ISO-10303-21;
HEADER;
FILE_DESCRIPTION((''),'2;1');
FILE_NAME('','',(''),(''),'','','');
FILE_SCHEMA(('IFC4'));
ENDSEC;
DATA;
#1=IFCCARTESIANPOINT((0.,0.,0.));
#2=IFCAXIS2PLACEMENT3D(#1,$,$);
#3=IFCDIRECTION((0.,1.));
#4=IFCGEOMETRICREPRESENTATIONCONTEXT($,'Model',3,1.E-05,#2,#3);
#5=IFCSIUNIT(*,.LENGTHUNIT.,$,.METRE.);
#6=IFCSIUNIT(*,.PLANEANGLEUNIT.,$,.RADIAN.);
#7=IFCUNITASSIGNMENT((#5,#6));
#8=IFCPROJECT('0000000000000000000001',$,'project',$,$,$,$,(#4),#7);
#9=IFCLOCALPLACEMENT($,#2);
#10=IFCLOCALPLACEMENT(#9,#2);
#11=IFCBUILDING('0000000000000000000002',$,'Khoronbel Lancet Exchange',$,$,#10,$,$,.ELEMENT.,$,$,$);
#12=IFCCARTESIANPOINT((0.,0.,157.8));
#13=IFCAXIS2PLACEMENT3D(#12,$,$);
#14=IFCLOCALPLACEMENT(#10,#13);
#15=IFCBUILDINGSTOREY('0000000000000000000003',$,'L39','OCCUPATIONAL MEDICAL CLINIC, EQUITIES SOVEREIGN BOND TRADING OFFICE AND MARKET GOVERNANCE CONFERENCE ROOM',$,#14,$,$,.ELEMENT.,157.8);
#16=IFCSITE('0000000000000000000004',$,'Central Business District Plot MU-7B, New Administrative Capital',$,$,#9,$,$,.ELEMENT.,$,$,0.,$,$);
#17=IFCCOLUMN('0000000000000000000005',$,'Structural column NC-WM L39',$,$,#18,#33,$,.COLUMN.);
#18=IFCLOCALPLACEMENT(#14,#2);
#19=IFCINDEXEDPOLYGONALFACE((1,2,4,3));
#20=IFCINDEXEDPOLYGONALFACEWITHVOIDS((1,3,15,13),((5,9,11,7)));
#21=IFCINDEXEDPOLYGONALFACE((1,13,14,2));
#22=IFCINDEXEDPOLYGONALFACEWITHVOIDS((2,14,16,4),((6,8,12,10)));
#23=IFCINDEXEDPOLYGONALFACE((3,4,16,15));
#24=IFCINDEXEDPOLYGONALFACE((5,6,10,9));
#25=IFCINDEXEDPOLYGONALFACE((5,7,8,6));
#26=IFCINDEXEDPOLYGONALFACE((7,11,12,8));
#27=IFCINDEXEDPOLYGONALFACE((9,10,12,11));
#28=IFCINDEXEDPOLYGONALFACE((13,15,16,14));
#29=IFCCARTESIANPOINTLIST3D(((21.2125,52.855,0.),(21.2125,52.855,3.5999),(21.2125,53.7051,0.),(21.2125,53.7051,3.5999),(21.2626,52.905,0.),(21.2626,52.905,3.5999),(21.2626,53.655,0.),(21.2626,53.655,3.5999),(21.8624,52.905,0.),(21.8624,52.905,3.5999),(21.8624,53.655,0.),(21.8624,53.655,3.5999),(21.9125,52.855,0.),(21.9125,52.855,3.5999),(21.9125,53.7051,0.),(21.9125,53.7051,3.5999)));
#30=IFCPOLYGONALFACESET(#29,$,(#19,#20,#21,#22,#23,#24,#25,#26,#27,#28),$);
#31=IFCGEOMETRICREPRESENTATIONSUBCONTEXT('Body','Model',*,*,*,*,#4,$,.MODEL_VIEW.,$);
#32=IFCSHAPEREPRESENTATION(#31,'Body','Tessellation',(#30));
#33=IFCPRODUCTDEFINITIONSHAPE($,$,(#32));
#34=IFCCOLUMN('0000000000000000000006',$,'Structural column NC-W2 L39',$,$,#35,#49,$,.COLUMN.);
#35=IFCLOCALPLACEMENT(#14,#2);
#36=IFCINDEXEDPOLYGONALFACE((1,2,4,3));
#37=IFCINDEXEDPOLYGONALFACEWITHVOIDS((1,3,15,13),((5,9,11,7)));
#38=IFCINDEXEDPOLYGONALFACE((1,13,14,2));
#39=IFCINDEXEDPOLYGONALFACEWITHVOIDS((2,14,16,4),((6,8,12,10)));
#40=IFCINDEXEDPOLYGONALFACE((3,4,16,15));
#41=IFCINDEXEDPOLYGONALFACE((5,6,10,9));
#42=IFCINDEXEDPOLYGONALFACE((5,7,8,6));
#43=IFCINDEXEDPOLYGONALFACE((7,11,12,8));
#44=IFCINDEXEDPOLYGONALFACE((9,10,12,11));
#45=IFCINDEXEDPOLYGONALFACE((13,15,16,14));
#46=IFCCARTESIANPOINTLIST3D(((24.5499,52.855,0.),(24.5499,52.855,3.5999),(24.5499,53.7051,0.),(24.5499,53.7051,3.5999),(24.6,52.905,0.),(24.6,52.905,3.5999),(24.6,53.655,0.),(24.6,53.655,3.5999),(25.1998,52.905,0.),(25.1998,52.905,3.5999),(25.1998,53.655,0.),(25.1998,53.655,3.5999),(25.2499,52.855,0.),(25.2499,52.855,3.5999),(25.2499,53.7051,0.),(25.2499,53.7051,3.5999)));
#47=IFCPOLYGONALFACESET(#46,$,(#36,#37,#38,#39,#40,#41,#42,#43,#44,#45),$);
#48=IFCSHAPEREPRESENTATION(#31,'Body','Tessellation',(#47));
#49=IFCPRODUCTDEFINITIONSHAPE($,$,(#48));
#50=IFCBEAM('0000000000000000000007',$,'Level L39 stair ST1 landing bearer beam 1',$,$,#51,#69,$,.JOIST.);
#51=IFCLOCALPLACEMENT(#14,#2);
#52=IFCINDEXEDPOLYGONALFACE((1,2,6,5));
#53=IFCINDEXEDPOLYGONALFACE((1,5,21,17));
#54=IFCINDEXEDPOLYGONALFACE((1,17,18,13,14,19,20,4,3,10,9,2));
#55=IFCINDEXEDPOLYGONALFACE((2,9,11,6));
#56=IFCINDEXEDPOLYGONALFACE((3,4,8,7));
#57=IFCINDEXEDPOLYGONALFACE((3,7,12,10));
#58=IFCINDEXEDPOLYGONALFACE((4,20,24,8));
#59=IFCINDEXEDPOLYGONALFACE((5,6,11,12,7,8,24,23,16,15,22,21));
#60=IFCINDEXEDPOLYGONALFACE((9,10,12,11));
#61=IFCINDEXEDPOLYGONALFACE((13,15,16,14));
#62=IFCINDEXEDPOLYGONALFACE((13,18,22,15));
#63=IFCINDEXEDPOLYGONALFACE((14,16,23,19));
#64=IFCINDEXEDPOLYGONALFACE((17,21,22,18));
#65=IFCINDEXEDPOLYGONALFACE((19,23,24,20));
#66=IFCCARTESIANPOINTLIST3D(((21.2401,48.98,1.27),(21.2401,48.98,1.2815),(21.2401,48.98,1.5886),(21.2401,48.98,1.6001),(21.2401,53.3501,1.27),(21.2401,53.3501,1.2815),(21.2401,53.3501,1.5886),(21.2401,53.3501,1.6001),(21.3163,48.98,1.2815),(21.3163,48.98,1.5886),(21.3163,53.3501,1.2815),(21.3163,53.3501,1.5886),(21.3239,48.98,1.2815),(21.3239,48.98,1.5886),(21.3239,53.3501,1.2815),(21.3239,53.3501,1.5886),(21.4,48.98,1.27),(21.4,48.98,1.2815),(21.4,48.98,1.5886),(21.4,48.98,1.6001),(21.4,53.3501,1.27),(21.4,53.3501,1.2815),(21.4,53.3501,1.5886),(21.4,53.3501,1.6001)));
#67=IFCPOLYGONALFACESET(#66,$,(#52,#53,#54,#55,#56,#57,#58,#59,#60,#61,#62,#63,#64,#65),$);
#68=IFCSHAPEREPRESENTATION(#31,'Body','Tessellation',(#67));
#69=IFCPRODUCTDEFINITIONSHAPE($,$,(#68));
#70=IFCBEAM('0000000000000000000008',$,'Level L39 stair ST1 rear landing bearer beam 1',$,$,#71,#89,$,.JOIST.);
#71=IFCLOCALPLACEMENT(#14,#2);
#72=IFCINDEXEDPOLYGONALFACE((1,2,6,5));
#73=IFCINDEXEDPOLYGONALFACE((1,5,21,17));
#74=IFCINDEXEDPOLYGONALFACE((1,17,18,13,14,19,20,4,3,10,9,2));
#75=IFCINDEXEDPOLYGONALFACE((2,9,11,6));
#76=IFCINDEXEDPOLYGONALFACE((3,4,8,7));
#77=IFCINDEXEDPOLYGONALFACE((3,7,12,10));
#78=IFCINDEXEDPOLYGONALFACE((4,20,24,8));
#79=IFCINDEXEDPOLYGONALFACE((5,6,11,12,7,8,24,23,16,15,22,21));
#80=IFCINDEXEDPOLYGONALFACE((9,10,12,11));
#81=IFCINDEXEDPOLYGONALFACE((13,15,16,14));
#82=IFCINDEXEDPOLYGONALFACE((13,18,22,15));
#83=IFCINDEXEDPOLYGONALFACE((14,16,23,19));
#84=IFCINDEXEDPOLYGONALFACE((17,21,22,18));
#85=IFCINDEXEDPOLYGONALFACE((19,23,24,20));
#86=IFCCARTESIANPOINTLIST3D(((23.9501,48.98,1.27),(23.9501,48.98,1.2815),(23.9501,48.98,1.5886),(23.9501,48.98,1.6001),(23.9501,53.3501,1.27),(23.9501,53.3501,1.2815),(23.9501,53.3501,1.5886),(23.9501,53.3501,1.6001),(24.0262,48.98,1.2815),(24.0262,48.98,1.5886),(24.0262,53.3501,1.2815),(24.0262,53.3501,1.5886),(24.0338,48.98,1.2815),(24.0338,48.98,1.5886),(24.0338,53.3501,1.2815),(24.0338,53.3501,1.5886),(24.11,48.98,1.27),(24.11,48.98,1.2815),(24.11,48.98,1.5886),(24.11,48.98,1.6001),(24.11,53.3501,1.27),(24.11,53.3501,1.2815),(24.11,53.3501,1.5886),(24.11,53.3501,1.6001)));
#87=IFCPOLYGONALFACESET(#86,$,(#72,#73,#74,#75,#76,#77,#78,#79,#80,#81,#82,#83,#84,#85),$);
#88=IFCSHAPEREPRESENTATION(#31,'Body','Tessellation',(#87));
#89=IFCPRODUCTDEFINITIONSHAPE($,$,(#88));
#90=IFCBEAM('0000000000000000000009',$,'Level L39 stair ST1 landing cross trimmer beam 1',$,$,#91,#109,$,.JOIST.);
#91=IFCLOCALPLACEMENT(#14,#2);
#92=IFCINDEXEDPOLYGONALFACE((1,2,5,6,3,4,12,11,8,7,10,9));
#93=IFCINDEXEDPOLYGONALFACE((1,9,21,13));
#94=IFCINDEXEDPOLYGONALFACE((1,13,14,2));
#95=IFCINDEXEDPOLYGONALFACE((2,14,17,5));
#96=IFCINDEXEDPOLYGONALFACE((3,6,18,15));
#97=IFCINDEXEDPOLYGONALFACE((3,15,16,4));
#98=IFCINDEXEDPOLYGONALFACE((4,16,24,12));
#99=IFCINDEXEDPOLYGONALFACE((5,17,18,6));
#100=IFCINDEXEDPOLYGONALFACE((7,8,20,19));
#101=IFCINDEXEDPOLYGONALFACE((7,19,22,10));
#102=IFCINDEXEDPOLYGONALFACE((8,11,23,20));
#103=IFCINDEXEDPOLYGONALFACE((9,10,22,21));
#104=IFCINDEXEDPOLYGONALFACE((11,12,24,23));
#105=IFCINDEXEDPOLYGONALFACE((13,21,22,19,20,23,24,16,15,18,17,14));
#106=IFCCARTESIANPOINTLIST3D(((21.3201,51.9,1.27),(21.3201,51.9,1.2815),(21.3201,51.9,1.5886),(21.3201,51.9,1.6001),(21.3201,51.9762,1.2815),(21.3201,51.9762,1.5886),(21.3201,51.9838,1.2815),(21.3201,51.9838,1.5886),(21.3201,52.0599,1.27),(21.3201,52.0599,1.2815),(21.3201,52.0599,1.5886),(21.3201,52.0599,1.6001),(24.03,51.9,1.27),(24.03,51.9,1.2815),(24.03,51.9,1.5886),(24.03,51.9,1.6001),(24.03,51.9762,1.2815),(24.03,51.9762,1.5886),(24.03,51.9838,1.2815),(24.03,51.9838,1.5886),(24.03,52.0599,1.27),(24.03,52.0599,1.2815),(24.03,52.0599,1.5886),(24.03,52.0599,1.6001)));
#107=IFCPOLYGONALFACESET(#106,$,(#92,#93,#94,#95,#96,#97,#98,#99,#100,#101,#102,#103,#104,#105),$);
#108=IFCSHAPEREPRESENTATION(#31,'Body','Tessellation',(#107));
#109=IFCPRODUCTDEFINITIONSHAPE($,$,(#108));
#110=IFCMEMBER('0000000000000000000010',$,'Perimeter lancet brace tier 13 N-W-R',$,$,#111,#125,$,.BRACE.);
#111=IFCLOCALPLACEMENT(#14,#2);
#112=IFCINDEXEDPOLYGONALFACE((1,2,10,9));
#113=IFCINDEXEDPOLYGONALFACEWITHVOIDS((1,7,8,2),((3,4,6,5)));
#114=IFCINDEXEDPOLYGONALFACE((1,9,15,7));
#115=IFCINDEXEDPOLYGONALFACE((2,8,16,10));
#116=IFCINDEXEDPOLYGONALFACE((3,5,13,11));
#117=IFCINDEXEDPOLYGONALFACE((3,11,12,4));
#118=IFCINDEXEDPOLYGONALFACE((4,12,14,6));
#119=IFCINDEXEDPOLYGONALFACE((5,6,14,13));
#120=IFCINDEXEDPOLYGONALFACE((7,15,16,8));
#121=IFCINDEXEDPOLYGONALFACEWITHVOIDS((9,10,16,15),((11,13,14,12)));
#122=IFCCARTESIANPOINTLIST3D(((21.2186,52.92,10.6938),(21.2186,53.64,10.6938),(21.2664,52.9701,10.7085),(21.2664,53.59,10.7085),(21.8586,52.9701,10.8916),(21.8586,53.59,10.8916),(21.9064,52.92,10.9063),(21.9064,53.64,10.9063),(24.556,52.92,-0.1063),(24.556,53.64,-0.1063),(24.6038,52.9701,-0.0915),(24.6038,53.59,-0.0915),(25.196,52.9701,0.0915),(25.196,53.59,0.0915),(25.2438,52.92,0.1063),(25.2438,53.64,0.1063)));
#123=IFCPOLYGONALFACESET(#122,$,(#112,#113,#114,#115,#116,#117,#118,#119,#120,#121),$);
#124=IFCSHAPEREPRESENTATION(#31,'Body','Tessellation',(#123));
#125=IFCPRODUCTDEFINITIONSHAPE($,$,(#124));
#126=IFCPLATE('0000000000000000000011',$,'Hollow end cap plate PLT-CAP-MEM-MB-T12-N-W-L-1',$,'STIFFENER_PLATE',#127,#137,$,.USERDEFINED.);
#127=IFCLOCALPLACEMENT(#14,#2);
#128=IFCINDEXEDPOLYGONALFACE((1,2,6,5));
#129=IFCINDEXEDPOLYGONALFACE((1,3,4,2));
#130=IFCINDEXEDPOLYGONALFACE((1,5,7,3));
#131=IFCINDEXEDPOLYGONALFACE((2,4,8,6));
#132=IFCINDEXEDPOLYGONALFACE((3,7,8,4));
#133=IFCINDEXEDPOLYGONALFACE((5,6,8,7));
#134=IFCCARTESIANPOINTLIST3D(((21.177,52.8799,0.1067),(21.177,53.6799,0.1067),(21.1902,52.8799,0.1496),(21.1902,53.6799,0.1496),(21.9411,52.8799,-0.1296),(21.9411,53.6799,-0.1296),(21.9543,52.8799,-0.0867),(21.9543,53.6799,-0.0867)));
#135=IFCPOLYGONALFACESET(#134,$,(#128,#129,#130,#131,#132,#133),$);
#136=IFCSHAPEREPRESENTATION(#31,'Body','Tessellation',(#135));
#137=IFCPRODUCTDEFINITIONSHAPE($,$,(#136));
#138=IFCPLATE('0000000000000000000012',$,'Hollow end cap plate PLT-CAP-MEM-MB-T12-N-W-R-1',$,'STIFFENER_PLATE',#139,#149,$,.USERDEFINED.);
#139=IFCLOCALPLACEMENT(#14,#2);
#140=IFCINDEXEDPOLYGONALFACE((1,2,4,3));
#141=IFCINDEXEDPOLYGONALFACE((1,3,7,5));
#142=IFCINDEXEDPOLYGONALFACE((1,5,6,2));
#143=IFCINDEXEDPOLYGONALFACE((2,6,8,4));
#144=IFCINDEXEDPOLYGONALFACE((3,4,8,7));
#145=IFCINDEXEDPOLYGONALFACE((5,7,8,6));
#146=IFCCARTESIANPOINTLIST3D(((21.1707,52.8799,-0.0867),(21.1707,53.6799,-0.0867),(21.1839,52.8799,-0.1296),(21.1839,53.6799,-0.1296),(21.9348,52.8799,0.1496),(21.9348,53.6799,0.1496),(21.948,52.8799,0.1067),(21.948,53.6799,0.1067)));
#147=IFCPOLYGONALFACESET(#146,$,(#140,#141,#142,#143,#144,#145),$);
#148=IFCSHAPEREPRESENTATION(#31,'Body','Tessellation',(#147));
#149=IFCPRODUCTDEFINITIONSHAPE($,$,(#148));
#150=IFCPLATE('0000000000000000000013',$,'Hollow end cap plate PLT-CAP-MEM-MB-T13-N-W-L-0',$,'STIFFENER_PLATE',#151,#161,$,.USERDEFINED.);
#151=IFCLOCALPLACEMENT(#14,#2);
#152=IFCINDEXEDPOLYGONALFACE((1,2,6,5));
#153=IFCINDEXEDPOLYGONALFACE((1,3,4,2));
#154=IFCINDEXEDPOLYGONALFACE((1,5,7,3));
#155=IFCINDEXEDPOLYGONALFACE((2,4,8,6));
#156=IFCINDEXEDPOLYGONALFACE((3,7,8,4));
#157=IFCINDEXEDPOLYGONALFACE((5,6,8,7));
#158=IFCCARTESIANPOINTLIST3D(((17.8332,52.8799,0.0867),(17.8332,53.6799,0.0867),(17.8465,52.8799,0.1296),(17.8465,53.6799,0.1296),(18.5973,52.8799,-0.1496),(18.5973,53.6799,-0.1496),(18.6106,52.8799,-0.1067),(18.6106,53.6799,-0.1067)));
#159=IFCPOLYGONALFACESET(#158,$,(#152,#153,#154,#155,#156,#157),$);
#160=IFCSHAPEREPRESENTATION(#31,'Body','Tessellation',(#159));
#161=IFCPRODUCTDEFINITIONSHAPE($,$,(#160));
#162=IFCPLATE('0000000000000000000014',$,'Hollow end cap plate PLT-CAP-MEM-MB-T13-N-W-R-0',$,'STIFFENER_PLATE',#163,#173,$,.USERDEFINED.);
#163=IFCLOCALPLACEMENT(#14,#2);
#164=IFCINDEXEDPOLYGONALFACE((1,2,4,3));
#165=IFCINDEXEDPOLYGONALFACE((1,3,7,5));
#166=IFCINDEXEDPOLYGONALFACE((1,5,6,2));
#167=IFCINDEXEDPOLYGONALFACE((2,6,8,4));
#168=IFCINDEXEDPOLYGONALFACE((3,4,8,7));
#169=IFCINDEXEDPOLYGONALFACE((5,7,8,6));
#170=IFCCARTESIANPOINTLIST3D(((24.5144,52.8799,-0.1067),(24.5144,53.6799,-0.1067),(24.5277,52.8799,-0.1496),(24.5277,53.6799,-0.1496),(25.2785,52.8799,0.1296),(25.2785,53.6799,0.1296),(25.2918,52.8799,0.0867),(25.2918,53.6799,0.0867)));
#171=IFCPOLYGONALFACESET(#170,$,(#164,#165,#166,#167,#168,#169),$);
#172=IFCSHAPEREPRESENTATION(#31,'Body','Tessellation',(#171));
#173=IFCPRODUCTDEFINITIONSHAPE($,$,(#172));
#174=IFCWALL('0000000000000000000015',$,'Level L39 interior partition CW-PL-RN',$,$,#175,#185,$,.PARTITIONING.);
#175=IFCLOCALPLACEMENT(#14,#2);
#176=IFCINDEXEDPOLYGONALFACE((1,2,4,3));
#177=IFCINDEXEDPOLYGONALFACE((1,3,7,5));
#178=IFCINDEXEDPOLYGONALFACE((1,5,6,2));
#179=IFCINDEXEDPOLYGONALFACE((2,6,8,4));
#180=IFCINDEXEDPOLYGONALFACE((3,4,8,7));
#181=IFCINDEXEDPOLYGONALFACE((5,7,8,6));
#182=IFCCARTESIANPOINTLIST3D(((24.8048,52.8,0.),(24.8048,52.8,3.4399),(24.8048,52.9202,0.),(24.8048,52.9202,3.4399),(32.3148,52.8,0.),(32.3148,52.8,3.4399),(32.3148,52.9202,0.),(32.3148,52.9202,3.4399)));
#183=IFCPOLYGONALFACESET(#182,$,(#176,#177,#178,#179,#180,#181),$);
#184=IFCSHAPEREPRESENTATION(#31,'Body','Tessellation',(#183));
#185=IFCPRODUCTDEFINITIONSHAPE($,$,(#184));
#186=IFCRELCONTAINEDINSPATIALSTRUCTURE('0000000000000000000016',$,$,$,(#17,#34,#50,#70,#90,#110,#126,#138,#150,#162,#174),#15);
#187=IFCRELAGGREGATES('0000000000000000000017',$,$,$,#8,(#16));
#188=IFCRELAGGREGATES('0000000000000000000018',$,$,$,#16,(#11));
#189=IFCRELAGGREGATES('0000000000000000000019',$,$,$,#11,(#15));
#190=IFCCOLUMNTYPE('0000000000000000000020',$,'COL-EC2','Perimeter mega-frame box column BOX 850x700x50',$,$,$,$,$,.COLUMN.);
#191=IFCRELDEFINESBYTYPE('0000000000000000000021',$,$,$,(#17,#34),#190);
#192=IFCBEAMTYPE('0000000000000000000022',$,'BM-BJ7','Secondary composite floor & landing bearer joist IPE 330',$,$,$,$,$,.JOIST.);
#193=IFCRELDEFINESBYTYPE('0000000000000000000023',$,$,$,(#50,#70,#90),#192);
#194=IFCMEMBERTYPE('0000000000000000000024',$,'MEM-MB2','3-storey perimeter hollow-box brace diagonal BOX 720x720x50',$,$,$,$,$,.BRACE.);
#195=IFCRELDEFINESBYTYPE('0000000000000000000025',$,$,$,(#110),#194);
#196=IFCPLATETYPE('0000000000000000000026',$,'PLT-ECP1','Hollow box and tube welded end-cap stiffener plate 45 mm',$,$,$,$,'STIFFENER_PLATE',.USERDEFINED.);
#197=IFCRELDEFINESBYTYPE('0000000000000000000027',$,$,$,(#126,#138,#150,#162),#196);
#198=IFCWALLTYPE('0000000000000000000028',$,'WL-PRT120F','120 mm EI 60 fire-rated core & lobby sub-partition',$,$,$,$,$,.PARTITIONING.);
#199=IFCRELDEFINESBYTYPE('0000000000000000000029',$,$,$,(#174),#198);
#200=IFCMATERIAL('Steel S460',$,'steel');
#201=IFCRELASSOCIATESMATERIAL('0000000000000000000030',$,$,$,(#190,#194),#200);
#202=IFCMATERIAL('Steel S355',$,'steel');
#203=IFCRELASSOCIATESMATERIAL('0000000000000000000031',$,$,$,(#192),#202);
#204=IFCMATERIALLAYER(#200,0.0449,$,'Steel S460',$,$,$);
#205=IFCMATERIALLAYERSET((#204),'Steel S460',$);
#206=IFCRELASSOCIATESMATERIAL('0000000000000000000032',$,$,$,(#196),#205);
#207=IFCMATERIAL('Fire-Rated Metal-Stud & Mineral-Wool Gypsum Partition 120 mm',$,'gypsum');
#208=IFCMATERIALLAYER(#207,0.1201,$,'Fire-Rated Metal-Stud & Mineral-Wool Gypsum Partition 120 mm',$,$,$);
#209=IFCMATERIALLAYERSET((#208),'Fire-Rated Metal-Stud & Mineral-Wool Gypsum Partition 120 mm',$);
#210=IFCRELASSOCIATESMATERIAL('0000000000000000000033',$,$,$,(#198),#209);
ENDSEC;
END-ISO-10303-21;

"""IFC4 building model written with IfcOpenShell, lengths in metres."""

from ifc_helpers import new_model, si_unit, direction, frame, frame_2d, origin, origin_2d, place, context, subcontext, project, spatial, polyline, rectangle, hollow_rectangle, i_section, outline, extrude, material, layer, layer_set, material_profile, profile_set, type_object, element, save


model = new_model("IFC4")

# Units and contexts
model_context = context("Model", 3, precision=1e-05, world=origin(), true_north=direction((0.0, 1.0)))
body_context = subcontext(model_context, "Body", "Model", "MODEL_VIEW")
ifc_project = project(units=[si_unit("LENGTHUNIT", "METRE"), si_unit("PLANEANGLEUNIT", "RADIAN")], contexts=[model_context])

# Site, building, storey
site_placement = place(None, origin())
site = spatial("IfcSite", under=ifc_project, at=site_placement, Name="Central Business District Plot MU-7B, New Administrative Capital", CompositionType="ELEMENT", RefElevation=0.0)
building_placement = place(site_placement, origin())
building = spatial("IfcBuilding", under=site, at=building_placement, Name="Khoronbel Lancet Exchange", CompositionType="ELEMENT")
storey_placement = place(building_placement, frame((0.0, 0.0, 157.8)))
storey = spatial("IfcBuildingStorey", under=building, at=storey_placement, Name="L39", Description="OCCUPATIONAL MEDICAL CLINIC, EQUITIES SOVEREIGN BOND TRADING OFFICE AND MARKET GOVERNANCE CONFERENCE ROOM", CompositionType="ELEMENT", Elevation=157.8)

# Columns
ifc_material_1 = material(Name="Steel S460", Category="steel")
ifc_material_profile_1 = material_profile(ifc_material_1, hollow_rectangle(XDim=0.7, YDim=0.8501, WallThickness=0.05, at=origin_2d()), Name="BOX 850x700x50")
ifc_profile_set_1 = profile_set([ifc_material_profile_1], Name="Steel S460")
column_type = type_object("IfcColumnType", Name="COL-EC2", Description="Perimeter mega-frame box column BOX 850x700x50", PredefinedType="COLUMN", material=ifc_profile_set_1)
for number, where, z_axis, x_axis, name in (
    (1, (21.5625, 53.28, 0.0), (0.0, 0.0, 1.0), (1.0, 0.0, 0.0), "Structural column NC-WM L39"),
    (2, (24.8999, 53.28, 0.0), (0.0, 0.0, 1.0), (1.0, 0.0, 0.0), "Structural column NC-W2 L39"),
):
    element("IfcColumn", number, at=place(storey_placement, frame(where, z_axis=z_axis, x_axis=x_axis)), inside=storey, type_object=column_type, Name=name, PredefinedType="COLUMN", context=body_context, shape_type="SweptSolid", body=[
        extrude(hollow_rectangle(XDim=0.7, YDim=0.8501, WallThickness=0.05, at=origin_2d()), origin(), (0.0, 0.0, 1.0), 3.5999),
    ])

# Beams
ifc_material_2 = material(Name="Steel S355", Category="steel")
ifc_material_profile_2 = material_profile(ifc_material_2, i_section(OverallWidth=0.1599, OverallDepth=0.3301, WebThickness=0.0076, FlangeThickness=0.0115, at=origin_2d()), Name="IPE 330")
ifc_profile_set_2 = profile_set([ifc_material_profile_2], Name="Steel S355")
beam_type = type_object("IfcBeamType", Name="BM-BJ7", Description="Secondary composite floor & landing bearer joist IPE 330", PredefinedType="JOIST", material=ifc_profile_set_2)
for number, where, z_axis, x_axis, name in (
    (3, (21.3201, 48.98, 1.4351), (0.0, 1.0, 0.0), (-1.0, 0.0, 0.0), "Level L39 stair ST1 landing bearer beam 1"),
    (4, (24.03, 48.98, 1.4351), (0.0, 1.0, 0.0), (-1.0, 0.0, 0.0), "Level L39 stair ST1 rear landing bearer beam 1"),
):
    element("IfcBeam", number, at=place(storey_placement, frame(where, z_axis=z_axis, x_axis=x_axis)), inside=storey, type_object=beam_type, Name=name, PredefinedType="JOIST", context=body_context, shape_type="SweptSolid", body=[
        extrude(i_section(OverallWidth=0.1599, OverallDepth=0.3301, WebThickness=0.0076, FlangeThickness=0.0115, at=origin_2d()), origin(), (0.0, 0.0, 1.0), 4.3701),
    ])
beam_placement = place(storey_placement, frame((21.3201, 51.98, 1.4351), z_axis=(1.0, 0.0, 0.0), x_axis=(0.0, 1.0, 0.0)))
element("IfcBeam", 5, at=beam_placement, inside=storey, type_object=beam_type, Name="Level L39 stair ST1 landing cross trimmer beam 1", PredefinedType="JOIST", context=body_context, shape_type="SweptSolid", body=[
    extrude(i_section(OverallWidth=0.1599, OverallDepth=0.3301, WebThickness=0.0076, FlangeThickness=0.0115, at=origin_2d()), origin(), (0.0, 0.0, 1.0), 2.71),
])

# Member
ifc_material_profile_3 = material_profile(ifc_material_1, hollow_rectangle(XDim=0.72, YDim=0.72, WallThickness=0.05, at=origin_2d()), Name="BOX 720x720x50")
ifc_profile_set_3 = profile_set([ifc_material_profile_3], Name="Steel S460")
member_type = type_object("IfcMemberType", Name="MEM-MB2", Description="3-storey perimeter hollow-box brace diagonal BOX 720x720x50", PredefinedType="BRACE", material=ifc_profile_set_3)
member_placement = place(storey_placement, frame((24.8999, 53.28, 0.0), z_axis=(-0.295242, 0.0, 0.955422), x_axis=(0.0, -1.0, 0.0)))
element("IfcMember", 6, at=member_placement, inside=storey, type_object=member_type, Name="Perimeter lancet brace tier 13 N-W-R", PredefinedType="BRACE", context=body_context, shape_type="SweptSolid", body=[
    extrude(hollow_rectangle(XDim=0.72, YDim=0.72, WallThickness=0.05, at=origin_2d()), origin(), (0.0, 0.0, 1.0), 11.304),
])

# Plates
ifc_layer_1 = layer(ifc_material_1, 0.0449, Name="Steel S460")
ifc_layer_set_1 = layer_set([ifc_layer_1], Name="Steel S460")
plate_type = type_object("IfcPlateType", Name="PLT-ECP1", Description="Hollow box and tube welded end-cap stiffener plate 45 mm", ElementType="STIFFENER_PLATE", PredefinedType="USERDEFINED", material=ifc_layer_set_1)
for number, where, z_axis, x_axis, name in (
    (7, (21.9543, 52.8799, -0.0867), (0.295458, 0.0, 0.955356), (0.0, 1.0, 0.0), "Hollow end cap plate PLT-CAP-MEM-MB-T12-N-W-L-1"),
    (8, (21.1707, 53.6799, -0.0867), (-0.295458, 0.0, 0.955356), (0.0, -1.0, 0.0), "Hollow end cap plate PLT-CAP-MEM-MB-T12-N-W-R-1"),
    (9, (18.6106, 52.8799, -0.1067), (0.295458, 0.0, 0.955356), (0.0, 1.0, 0.0), "Hollow end cap plate PLT-CAP-MEM-MB-T13-N-W-L-0"),
    (10, (24.5144, 53.6799, -0.1067), (-0.295458, 0.0, 0.955356), (0.0, -1.0, 0.0), "Hollow end cap plate PLT-CAP-MEM-MB-T13-N-W-R-0"),
):
    element("IfcPlate", number, at=place(storey_placement, frame(where, z_axis=z_axis, x_axis=x_axis)), inside=storey, type_object=plate_type, Name=name, ObjectType="STIFFENER_PLATE", PredefinedType="USERDEFINED", context=body_context, shape_type="SweptSolid", body=[
        extrude(outline(polyline([(0.0, 0.0), (0.8, 0.0), (0.8, 0.7998), (0.0, 0.7998), (0.0, 0.0)])), origin(), (0.0, 0.0, -1.0), 0.0449),
    ])

# Wall
ifc_material_3 = material(Name="Fire-Rated Metal-Stud & Mineral-Wool Gypsum Partition 120 mm", Category="gypsum")
ifc_layer_2 = layer(ifc_material_3, 0.1201, Name="Fire-Rated Metal-Stud & Mineral-Wool Gypsum Partition 120 mm")
ifc_layer_set_2 = layer_set([ifc_layer_2], Name="Fire-Rated Metal-Stud & Mineral-Wool Gypsum Partition 120 mm")
wall_type_1 = type_object("IfcWallType", Name="WL-PRT120F", Description="120 mm EI 60 fire-rated core & lobby sub-partition", PredefinedType="PARTITIONING", material=ifc_layer_set_2)
wall_1_placement = place(storey_placement, frame((24.8049, 52.8601, 0.0), z_axis=(0.0, 0.0, 1.0), x_axis=(1.0, 0.0, 0.0)))
element("IfcWall", 11, at=wall_1_placement, inside=storey, type_object=wall_type_1, Name="Level L39 interior partition CW-PL-RN", PredefinedType="PARTITIONING", context=body_context, shape_type="SweptSolid", body=[
    extrude(rectangle(XDim=7.51, YDim=0.1201, at=frame_2d((3.7549, 0.0))), origin(), (0.0, 0.0, 1.0), 3.4399),
])

save(model, "model.ifc")
